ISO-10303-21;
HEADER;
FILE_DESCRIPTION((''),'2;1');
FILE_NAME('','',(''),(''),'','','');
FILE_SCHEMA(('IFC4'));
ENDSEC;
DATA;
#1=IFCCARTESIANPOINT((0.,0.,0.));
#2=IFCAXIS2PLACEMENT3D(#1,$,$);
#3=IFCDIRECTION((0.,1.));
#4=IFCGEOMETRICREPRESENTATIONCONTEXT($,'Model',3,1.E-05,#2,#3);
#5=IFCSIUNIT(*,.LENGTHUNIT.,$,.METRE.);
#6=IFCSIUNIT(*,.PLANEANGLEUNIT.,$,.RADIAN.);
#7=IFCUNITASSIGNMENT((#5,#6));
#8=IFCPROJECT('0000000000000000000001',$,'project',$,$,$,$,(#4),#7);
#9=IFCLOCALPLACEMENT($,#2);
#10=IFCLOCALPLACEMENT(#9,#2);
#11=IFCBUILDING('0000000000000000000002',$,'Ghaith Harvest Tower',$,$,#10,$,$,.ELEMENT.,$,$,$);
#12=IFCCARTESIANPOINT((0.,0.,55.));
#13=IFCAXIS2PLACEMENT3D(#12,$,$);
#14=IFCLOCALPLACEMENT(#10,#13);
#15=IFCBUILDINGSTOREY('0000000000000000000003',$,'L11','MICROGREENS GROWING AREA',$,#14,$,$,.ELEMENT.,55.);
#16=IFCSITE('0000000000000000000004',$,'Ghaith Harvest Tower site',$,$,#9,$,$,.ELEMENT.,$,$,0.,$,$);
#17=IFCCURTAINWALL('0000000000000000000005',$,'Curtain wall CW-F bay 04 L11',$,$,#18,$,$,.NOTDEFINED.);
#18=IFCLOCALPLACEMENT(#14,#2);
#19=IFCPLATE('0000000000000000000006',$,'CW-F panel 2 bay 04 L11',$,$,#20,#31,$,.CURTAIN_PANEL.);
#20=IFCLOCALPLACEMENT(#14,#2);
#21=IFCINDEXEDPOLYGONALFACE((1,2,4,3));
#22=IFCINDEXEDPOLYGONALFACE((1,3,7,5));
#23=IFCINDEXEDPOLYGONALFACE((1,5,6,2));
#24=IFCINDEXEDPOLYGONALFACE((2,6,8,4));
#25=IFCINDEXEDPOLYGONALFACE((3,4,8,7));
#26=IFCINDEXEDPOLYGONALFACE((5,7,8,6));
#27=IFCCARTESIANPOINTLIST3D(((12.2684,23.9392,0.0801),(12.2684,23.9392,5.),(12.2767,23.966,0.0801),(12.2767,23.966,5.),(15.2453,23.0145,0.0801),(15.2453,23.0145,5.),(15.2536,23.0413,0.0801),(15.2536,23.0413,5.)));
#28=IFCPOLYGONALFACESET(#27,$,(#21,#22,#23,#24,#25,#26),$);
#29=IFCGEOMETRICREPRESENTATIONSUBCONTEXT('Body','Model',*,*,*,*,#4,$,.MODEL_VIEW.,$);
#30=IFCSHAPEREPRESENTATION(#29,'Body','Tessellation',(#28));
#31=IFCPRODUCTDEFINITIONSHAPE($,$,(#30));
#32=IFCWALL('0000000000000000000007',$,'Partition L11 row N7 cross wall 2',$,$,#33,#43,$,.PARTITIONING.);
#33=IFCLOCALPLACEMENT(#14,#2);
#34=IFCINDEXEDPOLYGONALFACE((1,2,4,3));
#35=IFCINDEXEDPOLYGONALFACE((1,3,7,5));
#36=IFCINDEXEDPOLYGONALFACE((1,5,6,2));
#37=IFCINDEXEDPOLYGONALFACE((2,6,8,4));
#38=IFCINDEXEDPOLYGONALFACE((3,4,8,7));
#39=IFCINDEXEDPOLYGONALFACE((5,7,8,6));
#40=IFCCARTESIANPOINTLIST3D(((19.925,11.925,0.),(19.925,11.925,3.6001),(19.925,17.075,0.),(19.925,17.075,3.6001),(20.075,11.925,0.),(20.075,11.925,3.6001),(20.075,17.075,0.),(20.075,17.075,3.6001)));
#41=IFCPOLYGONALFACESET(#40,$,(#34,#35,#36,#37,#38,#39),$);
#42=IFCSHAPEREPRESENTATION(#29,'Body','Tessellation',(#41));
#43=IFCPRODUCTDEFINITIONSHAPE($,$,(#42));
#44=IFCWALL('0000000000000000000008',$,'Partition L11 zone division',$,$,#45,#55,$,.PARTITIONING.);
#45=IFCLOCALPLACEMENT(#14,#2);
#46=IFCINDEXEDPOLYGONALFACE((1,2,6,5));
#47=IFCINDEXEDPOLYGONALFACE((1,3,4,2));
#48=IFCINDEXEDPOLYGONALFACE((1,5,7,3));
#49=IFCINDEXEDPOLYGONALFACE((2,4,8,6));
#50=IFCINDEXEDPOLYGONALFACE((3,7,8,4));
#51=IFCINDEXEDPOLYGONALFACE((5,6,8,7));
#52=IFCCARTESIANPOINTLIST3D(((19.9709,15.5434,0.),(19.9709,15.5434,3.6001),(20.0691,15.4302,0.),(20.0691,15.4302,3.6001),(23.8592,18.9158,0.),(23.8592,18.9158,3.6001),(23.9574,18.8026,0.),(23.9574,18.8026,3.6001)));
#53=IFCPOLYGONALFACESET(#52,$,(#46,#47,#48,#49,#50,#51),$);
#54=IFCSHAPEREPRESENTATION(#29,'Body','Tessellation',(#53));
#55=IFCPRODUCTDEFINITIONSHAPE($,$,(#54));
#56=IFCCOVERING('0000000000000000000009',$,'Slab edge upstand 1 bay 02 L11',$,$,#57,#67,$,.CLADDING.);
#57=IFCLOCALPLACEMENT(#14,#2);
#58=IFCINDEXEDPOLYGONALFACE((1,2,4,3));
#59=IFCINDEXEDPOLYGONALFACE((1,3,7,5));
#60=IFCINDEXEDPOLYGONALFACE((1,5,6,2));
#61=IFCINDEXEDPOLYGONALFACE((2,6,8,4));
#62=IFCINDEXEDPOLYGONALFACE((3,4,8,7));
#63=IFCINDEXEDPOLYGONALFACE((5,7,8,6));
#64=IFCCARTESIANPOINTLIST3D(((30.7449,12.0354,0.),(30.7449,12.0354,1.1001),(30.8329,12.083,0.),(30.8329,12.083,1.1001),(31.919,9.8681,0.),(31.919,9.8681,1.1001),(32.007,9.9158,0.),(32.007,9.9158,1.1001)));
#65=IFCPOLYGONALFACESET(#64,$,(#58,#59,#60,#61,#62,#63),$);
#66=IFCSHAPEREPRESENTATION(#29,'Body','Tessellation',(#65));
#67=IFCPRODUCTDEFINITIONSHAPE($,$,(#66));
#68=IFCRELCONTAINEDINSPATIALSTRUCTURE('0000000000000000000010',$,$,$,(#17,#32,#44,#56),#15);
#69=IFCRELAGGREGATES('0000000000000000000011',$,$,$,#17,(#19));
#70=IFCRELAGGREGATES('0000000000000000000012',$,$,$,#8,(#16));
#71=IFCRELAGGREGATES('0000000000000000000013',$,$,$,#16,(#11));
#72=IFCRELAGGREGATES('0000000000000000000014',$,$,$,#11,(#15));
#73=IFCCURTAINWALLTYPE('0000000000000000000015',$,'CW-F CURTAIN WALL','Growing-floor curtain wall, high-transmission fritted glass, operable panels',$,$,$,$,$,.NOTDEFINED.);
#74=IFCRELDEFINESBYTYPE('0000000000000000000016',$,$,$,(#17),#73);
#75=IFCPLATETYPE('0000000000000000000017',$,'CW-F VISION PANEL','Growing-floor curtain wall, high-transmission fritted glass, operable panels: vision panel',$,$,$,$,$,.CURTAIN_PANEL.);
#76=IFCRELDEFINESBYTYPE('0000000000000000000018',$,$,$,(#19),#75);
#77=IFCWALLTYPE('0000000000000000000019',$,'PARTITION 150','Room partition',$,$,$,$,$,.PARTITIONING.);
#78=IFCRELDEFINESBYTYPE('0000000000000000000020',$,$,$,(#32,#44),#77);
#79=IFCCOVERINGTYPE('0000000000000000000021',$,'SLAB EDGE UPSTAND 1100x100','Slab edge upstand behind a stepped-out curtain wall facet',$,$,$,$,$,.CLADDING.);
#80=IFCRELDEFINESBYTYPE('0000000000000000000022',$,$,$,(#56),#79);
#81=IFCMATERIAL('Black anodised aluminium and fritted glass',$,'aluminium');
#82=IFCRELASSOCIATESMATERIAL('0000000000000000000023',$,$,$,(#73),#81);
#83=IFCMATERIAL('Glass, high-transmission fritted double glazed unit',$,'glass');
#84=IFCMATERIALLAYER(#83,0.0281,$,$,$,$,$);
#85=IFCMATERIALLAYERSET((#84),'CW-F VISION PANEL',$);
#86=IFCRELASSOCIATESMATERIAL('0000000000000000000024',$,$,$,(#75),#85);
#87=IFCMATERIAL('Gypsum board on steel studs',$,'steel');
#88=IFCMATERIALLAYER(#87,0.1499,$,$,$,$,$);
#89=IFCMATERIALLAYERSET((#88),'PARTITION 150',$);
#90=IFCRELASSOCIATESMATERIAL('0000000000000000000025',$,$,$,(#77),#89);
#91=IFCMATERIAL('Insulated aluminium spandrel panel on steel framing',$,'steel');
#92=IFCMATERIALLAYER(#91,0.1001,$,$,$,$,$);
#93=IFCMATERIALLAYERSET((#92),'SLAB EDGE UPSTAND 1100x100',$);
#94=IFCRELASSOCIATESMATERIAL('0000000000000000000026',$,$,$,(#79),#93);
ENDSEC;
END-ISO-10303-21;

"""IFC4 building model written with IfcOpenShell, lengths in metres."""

from ifc_helpers import new_model, si_unit, direction, frame, frame_2d, origin, origin_2d, place, context, subcontext, project, spatial, rectangle, extrude, material, layer, layer_set, type_object, element, aggregate, save


model = new_model("IFC4")

# Units and contexts
model_context = context("Model", 3, precision=1e-05, world=origin(), true_north=direction((0.0, 1.0)))
body_context = subcontext(model_context, "Body", "Model", "MODEL_VIEW")
ifc_project = project(units=[si_unit("LENGTHUNIT", "METRE"), si_unit("PLANEANGLEUNIT", "RADIAN")], contexts=[model_context])

# Site, building, storey
site_placement = place(None, origin())
site = spatial("IfcSite", under=ifc_project, at=site_placement, Name="Ghaith Harvest Tower site", CompositionType="ELEMENT", RefElevation=0.0)
building_placement = place(site_placement, origin())
building = spatial("IfcBuilding", under=site, at=building_placement, Name="Ghaith Harvest Tower", CompositionType="ELEMENT")
storey_placement = place(building_placement, frame((0.0, 0.0, 55.0)))
storey = spatial("IfcBuildingStorey", under=building, at=storey_placement, Name="L11", Description="MICROGREENS GROWING AREA", CompositionType="ELEMENT", Elevation=55.0)

# Curtain wall
ifc_material_1 = material(Name="Black anodised aluminium and fritted glass", Category="aluminium")
curtain_wall_type = type_object("IfcCurtainWallType", Name="CW-F CURTAIN WALL", Description="Growing-floor curtain wall, high-transmission fritted glass, operable panels", PredefinedType="NOTDEFINED", material=ifc_material_1)
curtain_wall_1_placement = place(storey_placement, origin())
curtain_wall_1 = element("IfcCurtainWall", 1, at=curtain_wall_1_placement, inside=storey, type_object=curtain_wall_type, Name="Curtain wall CW-F bay 04 L11", PredefinedType="NOTDEFINED")

# Plate
ifc_material_2 = material(Name="Glass, high-transmission fritted double glazed unit", Category="glass")
ifc_layer_1 = layer(ifc_material_2, 0.0281)
ifc_layer_set_1 = layer_set([ifc_layer_1], Name="CW-F VISION PANEL")
plate_type = type_object("IfcPlateType", Name="CW-F VISION PANEL", Description="Growing-floor curtain wall, high-transmission fritted glass, operable panels: vision panel", PredefinedType="CURTAIN_PANEL", material=ifc_layer_set_1)
plate_1_placement = place(storey_placement, frame((13.761, 23.4902, 0.0801), z_axis=(0.0, 0.0, 1.0), x_axis=(-0.954988, 0.296644, 0.0)))
plate_1 = element("IfcPlate", 2, at=plate_1_placement, type_object=plate_type, Name="CW-F panel 2 bay 04 L11", PredefinedType="CURTAIN_PANEL", context=body_context, shape_type="SweptSolid", body=[
    extrude(rectangle(XDim=3.1172, YDim=0.0281, at=origin_2d()), origin(), (0.0, 0.0, 1.0), 4.9199),
])
aggregate(curtain_wall_1, [plate_1])

# Walls
ifc_material_3 = material(Name="Gypsum board on steel studs", Category="steel")
ifc_layer_2 = layer(ifc_material_3, 0.1499)
ifc_layer_set_2 = layer_set([ifc_layer_2], Name="PARTITION 150")
wall_type = type_object("IfcWallType", Name="PARTITION 150", Description="Room partition", PredefinedType="PARTITIONING", material=ifc_layer_set_2)
wall_1_placement = place(storey_placement, frame((20.0, 11.925, 0.0), z_axis=(0.0, 0.0, 1.0), x_axis=(0.0, 1.0, 0.0)))
element("IfcWall", 3, at=wall_1_placement, inside=storey, type_object=wall_type, Name="Partition L11 row N7 cross wall 2", PredefinedType="PARTITIONING", context=body_context, shape_type="SweptSolid", body=[
    extrude(rectangle(XDim=5.1499, YDim=0.1499, at=frame_2d((2.575, 0.0))), origin(), (0.0, 0.0, 1.0), 3.6001),
])
wall_2_placement = place(storey_placement, frame((20.02, 15.4868, 0.0), z_axis=(0.0, 0.0, 1.0), x_axis=(0.755443, 0.655214, 0.0)))
element("IfcWall", 4, at=wall_2_placement, inside=storey, type_object=wall_type, Name="Partition L11 zone division", PredefinedType="PARTITIONING", context=body_context, shape_type="SweptSolid", body=[
    extrude(rectangle(XDim=5.147, YDim=0.1499, at=frame_2d((2.5735, 0.0))), origin(), (0.0, 0.0, 1.0), 3.6001),
])

# Covering
ifc_material_4 = material(Name="Insulated aluminium spandrel panel on steel framing", Category="steel")
ifc_layer_3 = layer(ifc_material_4, 0.1001)
ifc_layer_set_3 = layer_set([ifc_layer_3], Name="SLAB EDGE UPSTAND 1100x100")
covering_type = type_object("IfcCoveringType", Name="SLAB EDGE UPSTAND 1100x100", Description="Slab edge upstand behind a stepped-out curtain wall facet", PredefinedType="CLADDING", material=ifc_layer_set_3)
covering_placement = place(storey_placement, frame((31.376, 10.9756, 0.0), z_axis=(0.0, 0.0, 1.0), x_axis=(-0.476349, 0.879256, 0.0)))
element("IfcCovering", 5, at=covering_placement, inside=storey, type_object=covering_type, Name="Slab edge upstand 1 bay 02 L11", PredefinedType="CLADDING", context=body_context, shape_type="SweptSolid", body=[
    extrude(rectangle(XDim=2.4648, YDim=0.1001, at=origin_2d()), origin(), (0.0, 0.0, 1.0), 1.1001),
])

save(model, "model.ifc")
